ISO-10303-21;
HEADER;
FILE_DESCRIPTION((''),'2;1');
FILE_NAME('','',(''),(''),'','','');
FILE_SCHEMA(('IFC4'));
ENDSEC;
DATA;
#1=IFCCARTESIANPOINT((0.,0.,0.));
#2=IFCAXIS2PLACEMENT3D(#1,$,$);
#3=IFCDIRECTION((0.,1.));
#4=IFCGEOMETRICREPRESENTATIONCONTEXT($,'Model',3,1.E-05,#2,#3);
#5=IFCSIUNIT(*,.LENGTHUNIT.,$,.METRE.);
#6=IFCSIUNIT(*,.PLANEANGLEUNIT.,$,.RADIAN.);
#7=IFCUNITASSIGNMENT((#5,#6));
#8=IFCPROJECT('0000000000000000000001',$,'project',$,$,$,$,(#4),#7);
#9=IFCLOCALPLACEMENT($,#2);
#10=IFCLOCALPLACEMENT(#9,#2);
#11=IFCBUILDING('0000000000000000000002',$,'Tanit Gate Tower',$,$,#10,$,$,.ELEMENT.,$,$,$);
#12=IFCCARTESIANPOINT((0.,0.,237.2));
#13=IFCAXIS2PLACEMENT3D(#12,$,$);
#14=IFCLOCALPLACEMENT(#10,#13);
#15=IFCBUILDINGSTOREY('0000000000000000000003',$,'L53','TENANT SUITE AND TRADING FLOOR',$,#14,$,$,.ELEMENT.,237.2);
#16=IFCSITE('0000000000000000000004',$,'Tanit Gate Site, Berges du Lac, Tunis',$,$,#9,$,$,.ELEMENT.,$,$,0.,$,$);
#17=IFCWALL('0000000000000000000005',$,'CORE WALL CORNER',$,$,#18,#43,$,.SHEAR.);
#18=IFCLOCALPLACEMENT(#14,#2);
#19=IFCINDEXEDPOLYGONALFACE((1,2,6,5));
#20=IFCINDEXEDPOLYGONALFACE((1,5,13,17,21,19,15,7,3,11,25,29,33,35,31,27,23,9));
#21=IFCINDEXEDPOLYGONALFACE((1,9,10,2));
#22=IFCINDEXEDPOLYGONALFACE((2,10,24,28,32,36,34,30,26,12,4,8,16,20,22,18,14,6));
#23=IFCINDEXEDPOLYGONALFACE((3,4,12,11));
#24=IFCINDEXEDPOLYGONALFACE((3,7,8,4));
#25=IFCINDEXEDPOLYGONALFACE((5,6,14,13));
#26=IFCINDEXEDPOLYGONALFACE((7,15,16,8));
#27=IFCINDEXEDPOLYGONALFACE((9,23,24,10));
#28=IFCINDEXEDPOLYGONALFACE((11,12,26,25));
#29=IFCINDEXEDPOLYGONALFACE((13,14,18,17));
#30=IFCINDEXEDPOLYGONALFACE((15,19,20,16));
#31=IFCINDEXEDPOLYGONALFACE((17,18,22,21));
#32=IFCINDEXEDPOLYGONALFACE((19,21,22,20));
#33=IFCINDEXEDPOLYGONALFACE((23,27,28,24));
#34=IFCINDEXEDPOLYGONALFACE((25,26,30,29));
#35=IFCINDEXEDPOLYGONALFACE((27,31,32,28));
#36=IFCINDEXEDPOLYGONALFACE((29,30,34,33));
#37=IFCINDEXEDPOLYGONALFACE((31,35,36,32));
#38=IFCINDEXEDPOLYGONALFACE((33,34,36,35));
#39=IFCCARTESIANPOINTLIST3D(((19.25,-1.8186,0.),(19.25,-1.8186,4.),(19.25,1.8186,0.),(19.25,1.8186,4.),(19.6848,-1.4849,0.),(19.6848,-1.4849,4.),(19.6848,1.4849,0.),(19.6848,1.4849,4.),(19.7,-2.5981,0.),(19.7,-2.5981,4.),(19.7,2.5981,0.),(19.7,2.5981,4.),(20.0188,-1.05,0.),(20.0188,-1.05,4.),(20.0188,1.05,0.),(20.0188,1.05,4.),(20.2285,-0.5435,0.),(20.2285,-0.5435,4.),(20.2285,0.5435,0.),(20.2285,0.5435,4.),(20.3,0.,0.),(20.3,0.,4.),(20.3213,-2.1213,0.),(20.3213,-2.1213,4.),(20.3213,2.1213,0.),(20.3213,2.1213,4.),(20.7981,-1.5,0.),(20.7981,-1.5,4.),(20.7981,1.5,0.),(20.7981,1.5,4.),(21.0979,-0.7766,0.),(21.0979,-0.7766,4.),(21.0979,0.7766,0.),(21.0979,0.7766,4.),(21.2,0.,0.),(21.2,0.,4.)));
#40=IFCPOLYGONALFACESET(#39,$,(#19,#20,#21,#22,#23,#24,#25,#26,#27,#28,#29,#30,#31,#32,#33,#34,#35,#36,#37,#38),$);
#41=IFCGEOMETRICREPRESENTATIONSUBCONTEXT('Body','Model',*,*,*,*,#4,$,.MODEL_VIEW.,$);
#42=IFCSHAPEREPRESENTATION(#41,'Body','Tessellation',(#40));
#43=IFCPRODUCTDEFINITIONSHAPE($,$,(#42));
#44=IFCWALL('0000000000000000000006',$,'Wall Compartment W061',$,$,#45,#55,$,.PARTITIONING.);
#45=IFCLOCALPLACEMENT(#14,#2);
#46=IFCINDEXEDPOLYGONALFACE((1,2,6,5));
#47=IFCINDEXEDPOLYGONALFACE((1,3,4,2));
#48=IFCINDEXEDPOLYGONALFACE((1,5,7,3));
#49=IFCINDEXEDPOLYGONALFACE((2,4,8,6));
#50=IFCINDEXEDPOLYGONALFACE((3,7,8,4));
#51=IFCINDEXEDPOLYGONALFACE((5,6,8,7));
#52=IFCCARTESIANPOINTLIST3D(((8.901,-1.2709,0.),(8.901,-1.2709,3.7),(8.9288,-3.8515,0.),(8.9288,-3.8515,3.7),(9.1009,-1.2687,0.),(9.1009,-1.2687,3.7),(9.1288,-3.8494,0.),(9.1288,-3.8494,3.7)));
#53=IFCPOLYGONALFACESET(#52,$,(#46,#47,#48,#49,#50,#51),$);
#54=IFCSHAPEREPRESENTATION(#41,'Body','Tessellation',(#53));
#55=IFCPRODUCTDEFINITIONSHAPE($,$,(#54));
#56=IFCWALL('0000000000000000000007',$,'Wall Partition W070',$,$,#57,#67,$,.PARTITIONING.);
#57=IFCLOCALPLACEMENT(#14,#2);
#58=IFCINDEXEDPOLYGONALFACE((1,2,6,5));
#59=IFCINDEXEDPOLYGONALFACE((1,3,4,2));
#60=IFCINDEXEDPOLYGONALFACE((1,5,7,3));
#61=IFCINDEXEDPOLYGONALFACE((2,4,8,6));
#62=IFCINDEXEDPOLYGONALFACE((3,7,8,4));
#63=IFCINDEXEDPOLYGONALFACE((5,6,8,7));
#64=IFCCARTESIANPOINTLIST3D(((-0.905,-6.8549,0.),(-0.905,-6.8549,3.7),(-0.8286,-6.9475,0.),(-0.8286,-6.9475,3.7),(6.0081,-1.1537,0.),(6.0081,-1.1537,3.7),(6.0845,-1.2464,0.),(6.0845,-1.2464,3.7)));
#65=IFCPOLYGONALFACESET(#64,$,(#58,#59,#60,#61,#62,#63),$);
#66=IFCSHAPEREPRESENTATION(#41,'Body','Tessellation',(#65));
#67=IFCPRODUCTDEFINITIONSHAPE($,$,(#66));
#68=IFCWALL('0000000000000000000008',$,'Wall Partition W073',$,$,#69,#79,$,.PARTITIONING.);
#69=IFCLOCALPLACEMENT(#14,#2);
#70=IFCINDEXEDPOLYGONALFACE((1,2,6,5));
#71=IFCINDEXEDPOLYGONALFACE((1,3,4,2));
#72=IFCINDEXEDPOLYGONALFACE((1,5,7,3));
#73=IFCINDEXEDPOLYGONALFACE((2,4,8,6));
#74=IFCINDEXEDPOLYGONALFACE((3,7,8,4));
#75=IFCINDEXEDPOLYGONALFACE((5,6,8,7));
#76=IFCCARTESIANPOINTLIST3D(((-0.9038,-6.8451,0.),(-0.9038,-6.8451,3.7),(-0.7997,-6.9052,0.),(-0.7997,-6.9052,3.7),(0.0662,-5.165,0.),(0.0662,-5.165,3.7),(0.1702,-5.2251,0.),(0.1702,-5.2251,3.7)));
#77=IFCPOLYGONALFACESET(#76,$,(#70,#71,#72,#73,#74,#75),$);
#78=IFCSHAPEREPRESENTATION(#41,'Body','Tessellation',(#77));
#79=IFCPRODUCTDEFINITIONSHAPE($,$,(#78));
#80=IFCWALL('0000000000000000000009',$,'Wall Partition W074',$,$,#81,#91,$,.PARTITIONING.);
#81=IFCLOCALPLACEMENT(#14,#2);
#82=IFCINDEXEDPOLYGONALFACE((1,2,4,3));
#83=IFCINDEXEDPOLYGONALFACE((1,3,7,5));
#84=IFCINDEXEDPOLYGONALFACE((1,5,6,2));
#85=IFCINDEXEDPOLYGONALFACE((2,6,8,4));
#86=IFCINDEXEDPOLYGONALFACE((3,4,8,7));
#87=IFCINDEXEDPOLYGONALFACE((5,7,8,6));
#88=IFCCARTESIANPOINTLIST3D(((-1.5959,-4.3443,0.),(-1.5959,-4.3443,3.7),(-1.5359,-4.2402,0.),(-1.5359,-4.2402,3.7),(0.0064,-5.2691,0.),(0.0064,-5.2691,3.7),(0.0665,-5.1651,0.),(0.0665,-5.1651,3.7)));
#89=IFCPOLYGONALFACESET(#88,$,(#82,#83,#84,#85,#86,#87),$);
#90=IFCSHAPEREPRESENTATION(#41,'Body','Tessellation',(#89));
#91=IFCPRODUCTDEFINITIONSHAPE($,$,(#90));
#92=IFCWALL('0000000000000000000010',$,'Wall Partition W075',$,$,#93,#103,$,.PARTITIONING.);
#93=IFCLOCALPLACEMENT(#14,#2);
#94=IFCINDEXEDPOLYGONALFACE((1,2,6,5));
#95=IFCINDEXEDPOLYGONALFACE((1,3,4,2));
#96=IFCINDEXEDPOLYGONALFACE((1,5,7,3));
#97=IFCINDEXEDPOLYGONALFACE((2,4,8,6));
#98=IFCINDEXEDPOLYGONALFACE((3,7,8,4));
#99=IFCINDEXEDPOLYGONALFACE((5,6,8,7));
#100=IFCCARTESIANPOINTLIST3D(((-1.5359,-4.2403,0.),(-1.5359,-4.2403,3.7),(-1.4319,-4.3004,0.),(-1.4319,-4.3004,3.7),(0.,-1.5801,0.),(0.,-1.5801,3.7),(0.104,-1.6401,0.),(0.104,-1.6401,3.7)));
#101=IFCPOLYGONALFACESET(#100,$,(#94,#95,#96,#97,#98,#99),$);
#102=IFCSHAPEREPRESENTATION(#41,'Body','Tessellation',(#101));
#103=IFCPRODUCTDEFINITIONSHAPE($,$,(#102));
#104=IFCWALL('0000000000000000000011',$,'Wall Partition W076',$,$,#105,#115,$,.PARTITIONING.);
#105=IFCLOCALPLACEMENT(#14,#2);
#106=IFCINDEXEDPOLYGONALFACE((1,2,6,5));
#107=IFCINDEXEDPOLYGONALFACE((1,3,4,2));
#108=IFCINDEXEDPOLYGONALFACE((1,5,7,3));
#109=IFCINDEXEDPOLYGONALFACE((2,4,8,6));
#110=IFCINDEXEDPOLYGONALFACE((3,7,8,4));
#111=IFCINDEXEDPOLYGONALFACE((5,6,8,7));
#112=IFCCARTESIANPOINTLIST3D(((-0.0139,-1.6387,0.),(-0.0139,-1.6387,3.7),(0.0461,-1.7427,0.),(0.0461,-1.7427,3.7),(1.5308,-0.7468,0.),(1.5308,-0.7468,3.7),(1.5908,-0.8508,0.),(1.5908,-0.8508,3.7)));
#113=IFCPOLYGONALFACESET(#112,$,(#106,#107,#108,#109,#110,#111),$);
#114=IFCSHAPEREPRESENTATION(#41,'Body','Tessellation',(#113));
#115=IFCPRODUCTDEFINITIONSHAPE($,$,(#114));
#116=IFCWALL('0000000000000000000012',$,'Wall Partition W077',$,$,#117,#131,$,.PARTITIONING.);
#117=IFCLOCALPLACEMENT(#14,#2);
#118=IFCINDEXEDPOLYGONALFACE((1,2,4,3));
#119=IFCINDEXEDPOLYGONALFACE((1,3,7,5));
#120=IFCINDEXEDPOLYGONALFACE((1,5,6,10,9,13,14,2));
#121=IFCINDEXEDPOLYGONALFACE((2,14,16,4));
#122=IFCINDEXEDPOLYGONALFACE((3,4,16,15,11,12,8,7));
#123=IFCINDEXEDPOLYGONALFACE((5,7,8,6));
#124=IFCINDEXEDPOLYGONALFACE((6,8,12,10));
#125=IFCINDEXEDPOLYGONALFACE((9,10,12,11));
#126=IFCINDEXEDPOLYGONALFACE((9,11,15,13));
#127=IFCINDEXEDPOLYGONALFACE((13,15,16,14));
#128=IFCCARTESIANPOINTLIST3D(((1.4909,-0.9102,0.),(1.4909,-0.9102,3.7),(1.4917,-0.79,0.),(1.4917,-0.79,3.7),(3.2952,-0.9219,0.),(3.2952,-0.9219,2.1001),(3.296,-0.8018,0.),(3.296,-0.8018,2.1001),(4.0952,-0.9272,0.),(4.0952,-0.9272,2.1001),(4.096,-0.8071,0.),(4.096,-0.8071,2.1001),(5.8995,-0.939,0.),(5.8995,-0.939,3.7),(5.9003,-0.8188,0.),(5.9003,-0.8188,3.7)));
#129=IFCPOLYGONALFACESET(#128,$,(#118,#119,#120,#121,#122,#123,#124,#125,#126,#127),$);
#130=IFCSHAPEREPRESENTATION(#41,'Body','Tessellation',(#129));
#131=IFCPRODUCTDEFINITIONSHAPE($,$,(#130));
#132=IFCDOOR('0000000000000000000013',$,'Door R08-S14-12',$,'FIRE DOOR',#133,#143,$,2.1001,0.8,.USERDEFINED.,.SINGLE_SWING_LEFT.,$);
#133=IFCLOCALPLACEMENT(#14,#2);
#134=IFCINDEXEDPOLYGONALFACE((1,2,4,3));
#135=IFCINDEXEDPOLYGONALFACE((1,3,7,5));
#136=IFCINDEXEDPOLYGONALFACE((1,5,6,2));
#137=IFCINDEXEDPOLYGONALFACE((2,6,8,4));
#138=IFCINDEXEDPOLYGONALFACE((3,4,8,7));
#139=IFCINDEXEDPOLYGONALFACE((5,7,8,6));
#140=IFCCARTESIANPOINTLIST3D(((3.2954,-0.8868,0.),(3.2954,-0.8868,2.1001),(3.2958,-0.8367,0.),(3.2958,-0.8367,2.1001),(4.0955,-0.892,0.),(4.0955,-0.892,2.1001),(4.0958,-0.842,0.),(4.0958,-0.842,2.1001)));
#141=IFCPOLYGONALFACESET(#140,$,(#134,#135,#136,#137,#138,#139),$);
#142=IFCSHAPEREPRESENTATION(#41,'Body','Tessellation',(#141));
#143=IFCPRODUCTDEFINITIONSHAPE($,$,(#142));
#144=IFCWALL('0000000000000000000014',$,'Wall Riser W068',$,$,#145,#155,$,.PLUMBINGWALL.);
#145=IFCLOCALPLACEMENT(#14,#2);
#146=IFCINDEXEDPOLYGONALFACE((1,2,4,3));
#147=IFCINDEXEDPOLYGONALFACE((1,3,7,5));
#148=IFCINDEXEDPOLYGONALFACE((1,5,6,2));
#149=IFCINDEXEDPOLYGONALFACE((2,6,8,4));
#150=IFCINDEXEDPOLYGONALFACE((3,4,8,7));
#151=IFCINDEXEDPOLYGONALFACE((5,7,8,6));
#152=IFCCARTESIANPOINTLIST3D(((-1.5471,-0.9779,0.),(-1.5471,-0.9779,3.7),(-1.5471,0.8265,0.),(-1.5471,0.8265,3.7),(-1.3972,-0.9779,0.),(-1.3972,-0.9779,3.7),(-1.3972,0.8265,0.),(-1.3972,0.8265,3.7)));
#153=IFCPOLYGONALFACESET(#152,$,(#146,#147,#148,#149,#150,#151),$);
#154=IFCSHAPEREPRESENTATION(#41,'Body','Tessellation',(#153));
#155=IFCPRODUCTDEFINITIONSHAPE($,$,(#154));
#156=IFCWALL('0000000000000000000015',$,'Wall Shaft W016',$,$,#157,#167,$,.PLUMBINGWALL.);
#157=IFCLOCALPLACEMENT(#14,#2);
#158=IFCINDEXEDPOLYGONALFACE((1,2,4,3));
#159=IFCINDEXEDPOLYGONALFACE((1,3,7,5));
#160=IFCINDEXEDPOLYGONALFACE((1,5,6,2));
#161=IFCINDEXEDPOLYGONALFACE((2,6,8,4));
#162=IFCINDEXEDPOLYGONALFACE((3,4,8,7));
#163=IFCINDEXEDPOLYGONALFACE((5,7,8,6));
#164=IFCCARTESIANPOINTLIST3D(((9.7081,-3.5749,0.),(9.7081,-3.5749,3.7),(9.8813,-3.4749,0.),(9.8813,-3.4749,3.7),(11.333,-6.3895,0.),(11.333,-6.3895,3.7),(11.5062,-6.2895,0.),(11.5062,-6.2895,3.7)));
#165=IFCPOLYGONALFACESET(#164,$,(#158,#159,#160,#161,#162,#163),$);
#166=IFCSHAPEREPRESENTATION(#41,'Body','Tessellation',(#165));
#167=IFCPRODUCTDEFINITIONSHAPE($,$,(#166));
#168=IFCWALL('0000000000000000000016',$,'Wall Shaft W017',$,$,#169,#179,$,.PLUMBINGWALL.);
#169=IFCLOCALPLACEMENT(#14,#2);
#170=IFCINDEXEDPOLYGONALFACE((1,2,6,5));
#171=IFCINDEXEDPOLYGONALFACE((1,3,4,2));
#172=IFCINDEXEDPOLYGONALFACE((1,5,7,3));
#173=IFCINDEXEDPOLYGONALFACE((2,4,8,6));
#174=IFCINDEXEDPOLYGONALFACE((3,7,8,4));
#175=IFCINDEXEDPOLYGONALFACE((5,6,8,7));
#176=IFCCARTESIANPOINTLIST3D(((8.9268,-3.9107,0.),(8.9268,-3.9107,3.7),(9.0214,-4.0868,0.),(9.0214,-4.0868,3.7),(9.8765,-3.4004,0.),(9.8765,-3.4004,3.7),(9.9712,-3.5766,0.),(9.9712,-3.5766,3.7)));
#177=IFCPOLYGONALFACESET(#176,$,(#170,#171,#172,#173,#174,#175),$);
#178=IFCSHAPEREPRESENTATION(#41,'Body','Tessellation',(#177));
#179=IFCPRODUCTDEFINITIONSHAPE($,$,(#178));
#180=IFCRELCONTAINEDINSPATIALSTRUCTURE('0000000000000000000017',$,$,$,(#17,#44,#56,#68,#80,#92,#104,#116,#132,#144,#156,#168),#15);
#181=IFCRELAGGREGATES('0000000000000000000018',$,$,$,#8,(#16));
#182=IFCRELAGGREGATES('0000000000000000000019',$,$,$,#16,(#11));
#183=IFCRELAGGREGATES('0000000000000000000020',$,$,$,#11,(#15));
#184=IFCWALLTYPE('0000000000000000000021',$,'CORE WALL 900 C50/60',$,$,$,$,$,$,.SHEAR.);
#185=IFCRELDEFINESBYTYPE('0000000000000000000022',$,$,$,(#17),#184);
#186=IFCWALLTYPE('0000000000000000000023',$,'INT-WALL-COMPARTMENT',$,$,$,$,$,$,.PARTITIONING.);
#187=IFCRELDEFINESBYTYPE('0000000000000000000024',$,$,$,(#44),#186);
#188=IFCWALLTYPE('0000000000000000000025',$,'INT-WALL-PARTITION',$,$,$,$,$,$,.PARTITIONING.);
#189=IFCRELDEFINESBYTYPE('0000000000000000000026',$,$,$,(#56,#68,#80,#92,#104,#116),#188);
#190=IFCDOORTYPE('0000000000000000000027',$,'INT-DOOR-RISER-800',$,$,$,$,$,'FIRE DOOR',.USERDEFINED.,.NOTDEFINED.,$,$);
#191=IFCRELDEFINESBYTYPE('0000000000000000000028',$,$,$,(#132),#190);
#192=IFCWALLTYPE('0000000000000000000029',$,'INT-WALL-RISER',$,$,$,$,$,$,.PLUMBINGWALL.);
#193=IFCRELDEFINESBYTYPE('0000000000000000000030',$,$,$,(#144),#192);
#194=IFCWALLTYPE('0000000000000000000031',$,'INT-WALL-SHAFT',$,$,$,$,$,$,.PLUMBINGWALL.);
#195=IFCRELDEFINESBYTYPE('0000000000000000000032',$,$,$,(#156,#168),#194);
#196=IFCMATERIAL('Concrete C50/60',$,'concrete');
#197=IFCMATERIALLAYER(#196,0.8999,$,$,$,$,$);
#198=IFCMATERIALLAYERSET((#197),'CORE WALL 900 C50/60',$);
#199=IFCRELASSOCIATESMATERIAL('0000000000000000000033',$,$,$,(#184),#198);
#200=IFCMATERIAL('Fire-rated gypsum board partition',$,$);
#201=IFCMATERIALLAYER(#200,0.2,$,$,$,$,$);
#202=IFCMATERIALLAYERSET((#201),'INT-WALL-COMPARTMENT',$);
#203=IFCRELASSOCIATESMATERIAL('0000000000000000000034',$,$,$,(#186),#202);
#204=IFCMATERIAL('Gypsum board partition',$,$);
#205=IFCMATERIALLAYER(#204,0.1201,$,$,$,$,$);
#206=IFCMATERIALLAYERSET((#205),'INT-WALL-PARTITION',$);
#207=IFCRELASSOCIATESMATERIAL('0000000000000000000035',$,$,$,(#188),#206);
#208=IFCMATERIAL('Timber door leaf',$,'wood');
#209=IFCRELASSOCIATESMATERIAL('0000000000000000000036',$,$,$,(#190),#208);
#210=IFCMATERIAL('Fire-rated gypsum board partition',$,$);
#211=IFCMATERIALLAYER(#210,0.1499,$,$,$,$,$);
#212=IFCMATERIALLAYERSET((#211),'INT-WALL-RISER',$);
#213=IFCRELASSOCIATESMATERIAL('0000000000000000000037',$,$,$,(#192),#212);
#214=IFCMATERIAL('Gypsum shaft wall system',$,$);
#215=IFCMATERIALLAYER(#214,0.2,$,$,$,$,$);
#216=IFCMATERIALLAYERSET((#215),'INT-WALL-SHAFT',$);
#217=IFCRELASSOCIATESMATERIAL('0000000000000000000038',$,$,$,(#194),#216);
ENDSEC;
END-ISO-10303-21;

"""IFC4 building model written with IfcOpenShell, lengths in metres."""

from ifc_helpers import new_model, si_unit, direction, frame, frame_2d, origin, place, context, subcontext, project, spatial, polyline, rectangle, outline, extrude, material, layer, layer_set, type_object, element, fill, save


model = new_model("IFC4")

# Units and contexts
model_context = context("Model", 3, precision=1e-05, world=origin(), true_north=direction((0.0, 1.0)))
body_context = subcontext(model_context, "Body", "Model", "MODEL_VIEW")
ifc_project = project(units=[si_unit("LENGTHUNIT", "METRE"), si_unit("PLANEANGLEUNIT", "RADIAN")], contexts=[model_context])

# Site, building, storey
site_placement = place(None, origin())
site = spatial("IfcSite", under=ifc_project, at=site_placement, Name="Tanit Gate Site, Berges du Lac, Tunis", CompositionType="ELEMENT", RefElevation=0.0)
building_placement = place(site_placement, origin())
building = spatial("IfcBuilding", under=site, at=building_placement, Name="Tanit Gate Tower", CompositionType="ELEMENT")
storey_placement = place(building_placement, frame((0.0, 0.0, 237.2)))
storey = spatial("IfcBuildingStorey", under=building, at=storey_placement, Name="L53", Description="TENANT SUITE AND TRADING FLOOR", CompositionType="ELEMENT", Elevation=237.2)

# Walls
ifc_material_1 = material(Name="Concrete C50/60", Category="concrete")
ifc_layer_1 = layer(ifc_material_1, 0.8999)
ifc_layer_set_1 = layer_set([ifc_layer_1], Name="CORE WALL 900 C50/60")
wall_type_1 = type_object("IfcWallType", Name="CORE WALL 900 C50/60", PredefinedType="SHEAR", material=ifc_layer_set_1)
wall_1_placement = place(storey_placement, origin())
element("IfcWall", 1, at=wall_1_placement, inside=storey, type_object=wall_type_1, Name="CORE WALL CORNER", PredefinedType="SHEAR", context=body_context, shape_type="SweptSolid", body=[
    extrude(outline(polyline([(19.7, -2.5981), (20.3213, -2.1213), (20.7981, -1.5), (21.0979, -0.7766), (21.2, 0.0), (21.0979, 0.7766), (20.7981, 1.5), (20.3213, 2.1213), (19.7, 2.5981), (19.25, 1.8186), (19.6848, 1.4849), (20.0188, 1.05), (20.2285, 0.5435), (20.3, 0.0), (20.2285, -0.5435), (20.0188, -1.05), (19.6848, -1.4849), (19.25, -1.8186), (19.7, -2.5981)])), origin(), (0.0, 0.0, 1.0), 4.0),
])
ifc_material_2 = material(Name="Fire-rated gypsum board partition")
ifc_layer_2 = layer(ifc_material_2, 0.2)
ifc_layer_set_2 = layer_set([ifc_layer_2], Name="INT-WALL-COMPARTMENT")
wall_type_2 = type_object("IfcWallType", Name="INT-WALL-COMPARTMENT", PredefinedType="PARTITIONING", material=ifc_layer_set_2)
wall_2_placement = place(storey_placement, frame((9.0288, -3.8506, 0.0), z_axis=(0.0, 0.0, 1.0), x_axis=(-0.010785, 0.999942, 0.0)))
element("IfcWall", 2, at=wall_2_placement, inside=storey, type_object=wall_type_2, Name="Wall Compartment W061", PredefinedType="PARTITIONING", context=body_context, shape_type="SweptSolid", body=[
    extrude(rectangle(XDim=2.5808, YDim=0.2, at=frame_2d((1.2905, 0.0))), origin(), (0.0, 0.0, 1.0), 3.7),
])
ifc_material_3 = material(Name="Gypsum board partition")
ifc_layer_3 = layer(ifc_material_3, 0.1201)
ifc_layer_set_3 = layer_set([ifc_layer_3], Name="INT-WALL-PARTITION")
wall_type_3 = type_object("IfcWallType", Name="INT-WALL-PARTITION", PredefinedType="PARTITIONING", material=ifc_layer_set_3)
wall_3_placement = place(storey_placement, frame((6.0464, -1.2, 0.0), z_axis=(0.0, 0.0, 1.0), x_axis=(-0.77149, -0.636242, 0.0)))
element("IfcWall", 3, at=wall_3_placement, inside=storey, type_object=wall_type_3, Name="Wall Partition W070", PredefinedType="PARTITIONING", context=body_context, shape_type="SweptSolid", body=[
    extrude(rectangle(XDim=8.9607, YDim=0.1201, at=frame_2d((4.4805, 0.0))), origin(), (0.0, 0.0, 1.0), 3.7),
])
wall_4_placement = place(storey_placement, frame((0.1182, -5.1951, 0.0), z_axis=(0.0, 0.0, 1.0), x_axis=(-0.499969, -0.866043, 0.0)))
element("IfcWall", 4, at=wall_4_placement, inside=storey, type_object=wall_type_3, Name="Wall Partition W073", PredefinedType="PARTITIONING", context=body_context, shape_type="SweptSolid", body=[
    extrude(rectangle(XDim=1.9399, YDim=0.1201, at=frame_2d((0.97, 0.0))), origin(), (0.0, 0.0, 1.0), 3.7),
])
wall_5_placement = place(storey_placement, frame((-1.5659, -4.2922, 0.0), z_axis=(0.0, 0.0, 1.0), x_axis=(0.866091, -0.499886, 0.0)))
element("IfcWall", 5, at=wall_5_placement, inside=storey, type_object=wall_type_3, Name="Wall Partition W074", PredefinedType="PARTITIONING", context=body_context, shape_type="SweptSolid", body=[
    extrude(rectangle(XDim=1.8501, YDim=0.1201, at=frame_2d((0.925, 0.0))), origin(), (0.0, 0.0, 1.0), 3.7),
])
wall_6_placement = place(storey_placement, frame((0.052, -1.6101, 0.0), z_axis=(0.0, 0.0, 1.0), x_axis=(-0.500011, -0.866019, 0.0)))
element("IfcWall", 6, at=wall_6_placement, inside=storey, type_object=wall_type_3, Name="Wall Partition W075", PredefinedType="PARTITIONING", context=body_context, shape_type="SweptSolid", body=[
    extrude(rectangle(XDim=3.0718, YDim=0.1201, at=frame_2d((1.5359, 0.0))), origin(), (0.0, 0.0, 1.0), 3.7),
])
wall_7_placement = place(storey_placement, frame((1.5608, -0.7988, 0.0), z_axis=(0.0, 0.0, 1.0), x_axis=(-0.866019, -0.500011, 0.0)))
element("IfcWall", 7, at=wall_7_placement, inside=storey, type_object=wall_type_3, Name="Wall Partition W076", PredefinedType="PARTITIONING", context=body_context, shape_type="SweptSolid", body=[
    extrude(rectangle(XDim=1.7837, YDim=0.1201, at=frame_2d((0.8918, 0.0))), origin(), (0.0, 0.0, 1.0), 3.7),
])

# Wall, opening, door
wall_8_placement = place(storey_placement, frame((5.8999, -0.8789, 0.0), z_axis=(0.0, 0.0, 1.0), x_axis=(-0.999979, 0.006534, 0.0)))
wall_8 = element("IfcWall", 8, at=wall_8_placement, inside=storey, type_object=wall_type_3, Name="Wall Partition W077", PredefinedType="PARTITIONING", context=body_context, shape_type="SweptSolid", body=[
    extrude(rectangle(XDim=4.4087, YDim=0.1201, at=frame_2d((2.2043, 0.0))), origin(), (0.0, 0.0, 1.0), 3.7),
])
opening_placement = place(wall_8_placement, frame((1.8044, 0.0, 0.0)))
opening = element("IfcOpeningElement", 9, at=opening_placement, cuts=wall_8, PredefinedType="OPENING", context=body_context, shape_type="SweptSolid", body=[
    extrude(rectangle(XDim=0.8, YDim=2.1001, at=frame_2d((0.3999, 1.05))), frame((0.0, 0.0701, 0.0), z_axis=(0.0, -1.0, 0.0), x_axis=(1.0, 0.0, 0.0)), (0.0, 0.0, 1.0), 0.1401),
])
ifc_material_4 = material(Name="Timber door leaf", Category="wood")
door_type = type_object("IfcDoorType", Name="INT-DOOR-RISER-800", ElementType="FIRE DOOR", OperationType="NOTDEFINED", PredefinedType="USERDEFINED", material=ifc_material_4)
door_placement = place(opening_placement, origin())
door = element("IfcDoor", 10, at=door_placement, inside=storey, type_object=door_type, Name="Door R08-S14-12", ObjectType="FIRE DOOR", OperationType="SINGLE_SWING_LEFT", OverallHeight=2.1001, OverallWidth=0.8, PredefinedType="USERDEFINED", context=body_context, shape_type="SweptSolid", body=[
    extrude(rectangle(XDim=0.8, YDim=2.1001, at=frame_2d((0.3999, 1.05))), frame((0.0, 0.0249, 0.0), z_axis=(0.0, -1.0, 0.0), x_axis=(1.0, 0.0, 0.0)), (0.0, 0.0, 1.0), 0.05),
])
fill(opening, door)

# Walls
ifc_material_5 = material(Name="Fire-rated gypsum board partition")
ifc_layer_4 = layer(ifc_material_5, 0.1499)
ifc_layer_set_4 = layer_set([ifc_layer_4], Name="INT-WALL-RISER")
wall_type_4 = type_object("IfcWallType", Name="INT-WALL-RISER", PredefinedType="PLUMBINGWALL", material=ifc_layer_set_4)
wall_9_placement = place(storey_placement, frame((-1.4722, -0.978, 0.0), z_axis=(0.0, 0.0, 1.0), x_axis=(0.0, 1.0, 0.0)))
element("IfcWall", 11, at=wall_9_placement, inside=storey, type_object=wall_type_4, Name="Wall Riser W068", PredefinedType="PLUMBINGWALL", context=body_context, shape_type="SweptSolid", body=[
    extrude(rectangle(XDim=1.8044, YDim=0.1499, at=frame_2d((0.9023, 0.0))), origin(), (0.0, 0.0, 1.0), 3.7),
])
ifc_material_6 = material(Name="Gypsum shaft wall system")
ifc_layer_5 = layer(ifc_material_6, 0.2)
ifc_layer_set_5 = layer_set([ifc_layer_5], Name="INT-WALL-SHAFT")
wall_type_5 = type_object("IfcWallType", Name="INT-WALL-SHAFT", PredefinedType="PLUMBINGWALL", material=ifc_layer_set_5)
wall_10_placement = place(storey_placement, frame((9.7947, -3.5249, 0.0), z_axis=(0.0, 0.0, 1.0), x_axis=(0.499985, -0.866034, 0.0)))
element("IfcWall", 12, at=wall_10_placement, inside=storey, type_object=wall_type_5, Name="Wall Shaft W016", PredefinedType="PLUMBINGWALL", context=body_context, shape_type="SweptSolid", body=[
    extrude(rectangle(XDim=3.25, YDim=0.2, at=frame_2d((1.625, 0.0))), origin(), (0.0, 0.0, 1.0), 3.7),
])
wall_11_placement = place(storey_placement, frame((8.9741, -3.9988, 0.0), z_axis=(0.0, 0.0, 1.0), x_axis=(0.880907, 0.473289, 0.0)))
element("IfcWall", 13, at=wall_11_placement, inside=storey, type_object=wall_type_5, Name="Wall Shaft W017", PredefinedType="PLUMBINGWALL", context=body_context, shape_type="SweptSolid", body=[
    extrude(rectangle(XDim=1.0781, YDim=0.2, at=frame_2d((0.5391, 0.0))), origin(), (0.0, 0.0, 1.0), 3.7),
])

save(model, "model.ifc")
